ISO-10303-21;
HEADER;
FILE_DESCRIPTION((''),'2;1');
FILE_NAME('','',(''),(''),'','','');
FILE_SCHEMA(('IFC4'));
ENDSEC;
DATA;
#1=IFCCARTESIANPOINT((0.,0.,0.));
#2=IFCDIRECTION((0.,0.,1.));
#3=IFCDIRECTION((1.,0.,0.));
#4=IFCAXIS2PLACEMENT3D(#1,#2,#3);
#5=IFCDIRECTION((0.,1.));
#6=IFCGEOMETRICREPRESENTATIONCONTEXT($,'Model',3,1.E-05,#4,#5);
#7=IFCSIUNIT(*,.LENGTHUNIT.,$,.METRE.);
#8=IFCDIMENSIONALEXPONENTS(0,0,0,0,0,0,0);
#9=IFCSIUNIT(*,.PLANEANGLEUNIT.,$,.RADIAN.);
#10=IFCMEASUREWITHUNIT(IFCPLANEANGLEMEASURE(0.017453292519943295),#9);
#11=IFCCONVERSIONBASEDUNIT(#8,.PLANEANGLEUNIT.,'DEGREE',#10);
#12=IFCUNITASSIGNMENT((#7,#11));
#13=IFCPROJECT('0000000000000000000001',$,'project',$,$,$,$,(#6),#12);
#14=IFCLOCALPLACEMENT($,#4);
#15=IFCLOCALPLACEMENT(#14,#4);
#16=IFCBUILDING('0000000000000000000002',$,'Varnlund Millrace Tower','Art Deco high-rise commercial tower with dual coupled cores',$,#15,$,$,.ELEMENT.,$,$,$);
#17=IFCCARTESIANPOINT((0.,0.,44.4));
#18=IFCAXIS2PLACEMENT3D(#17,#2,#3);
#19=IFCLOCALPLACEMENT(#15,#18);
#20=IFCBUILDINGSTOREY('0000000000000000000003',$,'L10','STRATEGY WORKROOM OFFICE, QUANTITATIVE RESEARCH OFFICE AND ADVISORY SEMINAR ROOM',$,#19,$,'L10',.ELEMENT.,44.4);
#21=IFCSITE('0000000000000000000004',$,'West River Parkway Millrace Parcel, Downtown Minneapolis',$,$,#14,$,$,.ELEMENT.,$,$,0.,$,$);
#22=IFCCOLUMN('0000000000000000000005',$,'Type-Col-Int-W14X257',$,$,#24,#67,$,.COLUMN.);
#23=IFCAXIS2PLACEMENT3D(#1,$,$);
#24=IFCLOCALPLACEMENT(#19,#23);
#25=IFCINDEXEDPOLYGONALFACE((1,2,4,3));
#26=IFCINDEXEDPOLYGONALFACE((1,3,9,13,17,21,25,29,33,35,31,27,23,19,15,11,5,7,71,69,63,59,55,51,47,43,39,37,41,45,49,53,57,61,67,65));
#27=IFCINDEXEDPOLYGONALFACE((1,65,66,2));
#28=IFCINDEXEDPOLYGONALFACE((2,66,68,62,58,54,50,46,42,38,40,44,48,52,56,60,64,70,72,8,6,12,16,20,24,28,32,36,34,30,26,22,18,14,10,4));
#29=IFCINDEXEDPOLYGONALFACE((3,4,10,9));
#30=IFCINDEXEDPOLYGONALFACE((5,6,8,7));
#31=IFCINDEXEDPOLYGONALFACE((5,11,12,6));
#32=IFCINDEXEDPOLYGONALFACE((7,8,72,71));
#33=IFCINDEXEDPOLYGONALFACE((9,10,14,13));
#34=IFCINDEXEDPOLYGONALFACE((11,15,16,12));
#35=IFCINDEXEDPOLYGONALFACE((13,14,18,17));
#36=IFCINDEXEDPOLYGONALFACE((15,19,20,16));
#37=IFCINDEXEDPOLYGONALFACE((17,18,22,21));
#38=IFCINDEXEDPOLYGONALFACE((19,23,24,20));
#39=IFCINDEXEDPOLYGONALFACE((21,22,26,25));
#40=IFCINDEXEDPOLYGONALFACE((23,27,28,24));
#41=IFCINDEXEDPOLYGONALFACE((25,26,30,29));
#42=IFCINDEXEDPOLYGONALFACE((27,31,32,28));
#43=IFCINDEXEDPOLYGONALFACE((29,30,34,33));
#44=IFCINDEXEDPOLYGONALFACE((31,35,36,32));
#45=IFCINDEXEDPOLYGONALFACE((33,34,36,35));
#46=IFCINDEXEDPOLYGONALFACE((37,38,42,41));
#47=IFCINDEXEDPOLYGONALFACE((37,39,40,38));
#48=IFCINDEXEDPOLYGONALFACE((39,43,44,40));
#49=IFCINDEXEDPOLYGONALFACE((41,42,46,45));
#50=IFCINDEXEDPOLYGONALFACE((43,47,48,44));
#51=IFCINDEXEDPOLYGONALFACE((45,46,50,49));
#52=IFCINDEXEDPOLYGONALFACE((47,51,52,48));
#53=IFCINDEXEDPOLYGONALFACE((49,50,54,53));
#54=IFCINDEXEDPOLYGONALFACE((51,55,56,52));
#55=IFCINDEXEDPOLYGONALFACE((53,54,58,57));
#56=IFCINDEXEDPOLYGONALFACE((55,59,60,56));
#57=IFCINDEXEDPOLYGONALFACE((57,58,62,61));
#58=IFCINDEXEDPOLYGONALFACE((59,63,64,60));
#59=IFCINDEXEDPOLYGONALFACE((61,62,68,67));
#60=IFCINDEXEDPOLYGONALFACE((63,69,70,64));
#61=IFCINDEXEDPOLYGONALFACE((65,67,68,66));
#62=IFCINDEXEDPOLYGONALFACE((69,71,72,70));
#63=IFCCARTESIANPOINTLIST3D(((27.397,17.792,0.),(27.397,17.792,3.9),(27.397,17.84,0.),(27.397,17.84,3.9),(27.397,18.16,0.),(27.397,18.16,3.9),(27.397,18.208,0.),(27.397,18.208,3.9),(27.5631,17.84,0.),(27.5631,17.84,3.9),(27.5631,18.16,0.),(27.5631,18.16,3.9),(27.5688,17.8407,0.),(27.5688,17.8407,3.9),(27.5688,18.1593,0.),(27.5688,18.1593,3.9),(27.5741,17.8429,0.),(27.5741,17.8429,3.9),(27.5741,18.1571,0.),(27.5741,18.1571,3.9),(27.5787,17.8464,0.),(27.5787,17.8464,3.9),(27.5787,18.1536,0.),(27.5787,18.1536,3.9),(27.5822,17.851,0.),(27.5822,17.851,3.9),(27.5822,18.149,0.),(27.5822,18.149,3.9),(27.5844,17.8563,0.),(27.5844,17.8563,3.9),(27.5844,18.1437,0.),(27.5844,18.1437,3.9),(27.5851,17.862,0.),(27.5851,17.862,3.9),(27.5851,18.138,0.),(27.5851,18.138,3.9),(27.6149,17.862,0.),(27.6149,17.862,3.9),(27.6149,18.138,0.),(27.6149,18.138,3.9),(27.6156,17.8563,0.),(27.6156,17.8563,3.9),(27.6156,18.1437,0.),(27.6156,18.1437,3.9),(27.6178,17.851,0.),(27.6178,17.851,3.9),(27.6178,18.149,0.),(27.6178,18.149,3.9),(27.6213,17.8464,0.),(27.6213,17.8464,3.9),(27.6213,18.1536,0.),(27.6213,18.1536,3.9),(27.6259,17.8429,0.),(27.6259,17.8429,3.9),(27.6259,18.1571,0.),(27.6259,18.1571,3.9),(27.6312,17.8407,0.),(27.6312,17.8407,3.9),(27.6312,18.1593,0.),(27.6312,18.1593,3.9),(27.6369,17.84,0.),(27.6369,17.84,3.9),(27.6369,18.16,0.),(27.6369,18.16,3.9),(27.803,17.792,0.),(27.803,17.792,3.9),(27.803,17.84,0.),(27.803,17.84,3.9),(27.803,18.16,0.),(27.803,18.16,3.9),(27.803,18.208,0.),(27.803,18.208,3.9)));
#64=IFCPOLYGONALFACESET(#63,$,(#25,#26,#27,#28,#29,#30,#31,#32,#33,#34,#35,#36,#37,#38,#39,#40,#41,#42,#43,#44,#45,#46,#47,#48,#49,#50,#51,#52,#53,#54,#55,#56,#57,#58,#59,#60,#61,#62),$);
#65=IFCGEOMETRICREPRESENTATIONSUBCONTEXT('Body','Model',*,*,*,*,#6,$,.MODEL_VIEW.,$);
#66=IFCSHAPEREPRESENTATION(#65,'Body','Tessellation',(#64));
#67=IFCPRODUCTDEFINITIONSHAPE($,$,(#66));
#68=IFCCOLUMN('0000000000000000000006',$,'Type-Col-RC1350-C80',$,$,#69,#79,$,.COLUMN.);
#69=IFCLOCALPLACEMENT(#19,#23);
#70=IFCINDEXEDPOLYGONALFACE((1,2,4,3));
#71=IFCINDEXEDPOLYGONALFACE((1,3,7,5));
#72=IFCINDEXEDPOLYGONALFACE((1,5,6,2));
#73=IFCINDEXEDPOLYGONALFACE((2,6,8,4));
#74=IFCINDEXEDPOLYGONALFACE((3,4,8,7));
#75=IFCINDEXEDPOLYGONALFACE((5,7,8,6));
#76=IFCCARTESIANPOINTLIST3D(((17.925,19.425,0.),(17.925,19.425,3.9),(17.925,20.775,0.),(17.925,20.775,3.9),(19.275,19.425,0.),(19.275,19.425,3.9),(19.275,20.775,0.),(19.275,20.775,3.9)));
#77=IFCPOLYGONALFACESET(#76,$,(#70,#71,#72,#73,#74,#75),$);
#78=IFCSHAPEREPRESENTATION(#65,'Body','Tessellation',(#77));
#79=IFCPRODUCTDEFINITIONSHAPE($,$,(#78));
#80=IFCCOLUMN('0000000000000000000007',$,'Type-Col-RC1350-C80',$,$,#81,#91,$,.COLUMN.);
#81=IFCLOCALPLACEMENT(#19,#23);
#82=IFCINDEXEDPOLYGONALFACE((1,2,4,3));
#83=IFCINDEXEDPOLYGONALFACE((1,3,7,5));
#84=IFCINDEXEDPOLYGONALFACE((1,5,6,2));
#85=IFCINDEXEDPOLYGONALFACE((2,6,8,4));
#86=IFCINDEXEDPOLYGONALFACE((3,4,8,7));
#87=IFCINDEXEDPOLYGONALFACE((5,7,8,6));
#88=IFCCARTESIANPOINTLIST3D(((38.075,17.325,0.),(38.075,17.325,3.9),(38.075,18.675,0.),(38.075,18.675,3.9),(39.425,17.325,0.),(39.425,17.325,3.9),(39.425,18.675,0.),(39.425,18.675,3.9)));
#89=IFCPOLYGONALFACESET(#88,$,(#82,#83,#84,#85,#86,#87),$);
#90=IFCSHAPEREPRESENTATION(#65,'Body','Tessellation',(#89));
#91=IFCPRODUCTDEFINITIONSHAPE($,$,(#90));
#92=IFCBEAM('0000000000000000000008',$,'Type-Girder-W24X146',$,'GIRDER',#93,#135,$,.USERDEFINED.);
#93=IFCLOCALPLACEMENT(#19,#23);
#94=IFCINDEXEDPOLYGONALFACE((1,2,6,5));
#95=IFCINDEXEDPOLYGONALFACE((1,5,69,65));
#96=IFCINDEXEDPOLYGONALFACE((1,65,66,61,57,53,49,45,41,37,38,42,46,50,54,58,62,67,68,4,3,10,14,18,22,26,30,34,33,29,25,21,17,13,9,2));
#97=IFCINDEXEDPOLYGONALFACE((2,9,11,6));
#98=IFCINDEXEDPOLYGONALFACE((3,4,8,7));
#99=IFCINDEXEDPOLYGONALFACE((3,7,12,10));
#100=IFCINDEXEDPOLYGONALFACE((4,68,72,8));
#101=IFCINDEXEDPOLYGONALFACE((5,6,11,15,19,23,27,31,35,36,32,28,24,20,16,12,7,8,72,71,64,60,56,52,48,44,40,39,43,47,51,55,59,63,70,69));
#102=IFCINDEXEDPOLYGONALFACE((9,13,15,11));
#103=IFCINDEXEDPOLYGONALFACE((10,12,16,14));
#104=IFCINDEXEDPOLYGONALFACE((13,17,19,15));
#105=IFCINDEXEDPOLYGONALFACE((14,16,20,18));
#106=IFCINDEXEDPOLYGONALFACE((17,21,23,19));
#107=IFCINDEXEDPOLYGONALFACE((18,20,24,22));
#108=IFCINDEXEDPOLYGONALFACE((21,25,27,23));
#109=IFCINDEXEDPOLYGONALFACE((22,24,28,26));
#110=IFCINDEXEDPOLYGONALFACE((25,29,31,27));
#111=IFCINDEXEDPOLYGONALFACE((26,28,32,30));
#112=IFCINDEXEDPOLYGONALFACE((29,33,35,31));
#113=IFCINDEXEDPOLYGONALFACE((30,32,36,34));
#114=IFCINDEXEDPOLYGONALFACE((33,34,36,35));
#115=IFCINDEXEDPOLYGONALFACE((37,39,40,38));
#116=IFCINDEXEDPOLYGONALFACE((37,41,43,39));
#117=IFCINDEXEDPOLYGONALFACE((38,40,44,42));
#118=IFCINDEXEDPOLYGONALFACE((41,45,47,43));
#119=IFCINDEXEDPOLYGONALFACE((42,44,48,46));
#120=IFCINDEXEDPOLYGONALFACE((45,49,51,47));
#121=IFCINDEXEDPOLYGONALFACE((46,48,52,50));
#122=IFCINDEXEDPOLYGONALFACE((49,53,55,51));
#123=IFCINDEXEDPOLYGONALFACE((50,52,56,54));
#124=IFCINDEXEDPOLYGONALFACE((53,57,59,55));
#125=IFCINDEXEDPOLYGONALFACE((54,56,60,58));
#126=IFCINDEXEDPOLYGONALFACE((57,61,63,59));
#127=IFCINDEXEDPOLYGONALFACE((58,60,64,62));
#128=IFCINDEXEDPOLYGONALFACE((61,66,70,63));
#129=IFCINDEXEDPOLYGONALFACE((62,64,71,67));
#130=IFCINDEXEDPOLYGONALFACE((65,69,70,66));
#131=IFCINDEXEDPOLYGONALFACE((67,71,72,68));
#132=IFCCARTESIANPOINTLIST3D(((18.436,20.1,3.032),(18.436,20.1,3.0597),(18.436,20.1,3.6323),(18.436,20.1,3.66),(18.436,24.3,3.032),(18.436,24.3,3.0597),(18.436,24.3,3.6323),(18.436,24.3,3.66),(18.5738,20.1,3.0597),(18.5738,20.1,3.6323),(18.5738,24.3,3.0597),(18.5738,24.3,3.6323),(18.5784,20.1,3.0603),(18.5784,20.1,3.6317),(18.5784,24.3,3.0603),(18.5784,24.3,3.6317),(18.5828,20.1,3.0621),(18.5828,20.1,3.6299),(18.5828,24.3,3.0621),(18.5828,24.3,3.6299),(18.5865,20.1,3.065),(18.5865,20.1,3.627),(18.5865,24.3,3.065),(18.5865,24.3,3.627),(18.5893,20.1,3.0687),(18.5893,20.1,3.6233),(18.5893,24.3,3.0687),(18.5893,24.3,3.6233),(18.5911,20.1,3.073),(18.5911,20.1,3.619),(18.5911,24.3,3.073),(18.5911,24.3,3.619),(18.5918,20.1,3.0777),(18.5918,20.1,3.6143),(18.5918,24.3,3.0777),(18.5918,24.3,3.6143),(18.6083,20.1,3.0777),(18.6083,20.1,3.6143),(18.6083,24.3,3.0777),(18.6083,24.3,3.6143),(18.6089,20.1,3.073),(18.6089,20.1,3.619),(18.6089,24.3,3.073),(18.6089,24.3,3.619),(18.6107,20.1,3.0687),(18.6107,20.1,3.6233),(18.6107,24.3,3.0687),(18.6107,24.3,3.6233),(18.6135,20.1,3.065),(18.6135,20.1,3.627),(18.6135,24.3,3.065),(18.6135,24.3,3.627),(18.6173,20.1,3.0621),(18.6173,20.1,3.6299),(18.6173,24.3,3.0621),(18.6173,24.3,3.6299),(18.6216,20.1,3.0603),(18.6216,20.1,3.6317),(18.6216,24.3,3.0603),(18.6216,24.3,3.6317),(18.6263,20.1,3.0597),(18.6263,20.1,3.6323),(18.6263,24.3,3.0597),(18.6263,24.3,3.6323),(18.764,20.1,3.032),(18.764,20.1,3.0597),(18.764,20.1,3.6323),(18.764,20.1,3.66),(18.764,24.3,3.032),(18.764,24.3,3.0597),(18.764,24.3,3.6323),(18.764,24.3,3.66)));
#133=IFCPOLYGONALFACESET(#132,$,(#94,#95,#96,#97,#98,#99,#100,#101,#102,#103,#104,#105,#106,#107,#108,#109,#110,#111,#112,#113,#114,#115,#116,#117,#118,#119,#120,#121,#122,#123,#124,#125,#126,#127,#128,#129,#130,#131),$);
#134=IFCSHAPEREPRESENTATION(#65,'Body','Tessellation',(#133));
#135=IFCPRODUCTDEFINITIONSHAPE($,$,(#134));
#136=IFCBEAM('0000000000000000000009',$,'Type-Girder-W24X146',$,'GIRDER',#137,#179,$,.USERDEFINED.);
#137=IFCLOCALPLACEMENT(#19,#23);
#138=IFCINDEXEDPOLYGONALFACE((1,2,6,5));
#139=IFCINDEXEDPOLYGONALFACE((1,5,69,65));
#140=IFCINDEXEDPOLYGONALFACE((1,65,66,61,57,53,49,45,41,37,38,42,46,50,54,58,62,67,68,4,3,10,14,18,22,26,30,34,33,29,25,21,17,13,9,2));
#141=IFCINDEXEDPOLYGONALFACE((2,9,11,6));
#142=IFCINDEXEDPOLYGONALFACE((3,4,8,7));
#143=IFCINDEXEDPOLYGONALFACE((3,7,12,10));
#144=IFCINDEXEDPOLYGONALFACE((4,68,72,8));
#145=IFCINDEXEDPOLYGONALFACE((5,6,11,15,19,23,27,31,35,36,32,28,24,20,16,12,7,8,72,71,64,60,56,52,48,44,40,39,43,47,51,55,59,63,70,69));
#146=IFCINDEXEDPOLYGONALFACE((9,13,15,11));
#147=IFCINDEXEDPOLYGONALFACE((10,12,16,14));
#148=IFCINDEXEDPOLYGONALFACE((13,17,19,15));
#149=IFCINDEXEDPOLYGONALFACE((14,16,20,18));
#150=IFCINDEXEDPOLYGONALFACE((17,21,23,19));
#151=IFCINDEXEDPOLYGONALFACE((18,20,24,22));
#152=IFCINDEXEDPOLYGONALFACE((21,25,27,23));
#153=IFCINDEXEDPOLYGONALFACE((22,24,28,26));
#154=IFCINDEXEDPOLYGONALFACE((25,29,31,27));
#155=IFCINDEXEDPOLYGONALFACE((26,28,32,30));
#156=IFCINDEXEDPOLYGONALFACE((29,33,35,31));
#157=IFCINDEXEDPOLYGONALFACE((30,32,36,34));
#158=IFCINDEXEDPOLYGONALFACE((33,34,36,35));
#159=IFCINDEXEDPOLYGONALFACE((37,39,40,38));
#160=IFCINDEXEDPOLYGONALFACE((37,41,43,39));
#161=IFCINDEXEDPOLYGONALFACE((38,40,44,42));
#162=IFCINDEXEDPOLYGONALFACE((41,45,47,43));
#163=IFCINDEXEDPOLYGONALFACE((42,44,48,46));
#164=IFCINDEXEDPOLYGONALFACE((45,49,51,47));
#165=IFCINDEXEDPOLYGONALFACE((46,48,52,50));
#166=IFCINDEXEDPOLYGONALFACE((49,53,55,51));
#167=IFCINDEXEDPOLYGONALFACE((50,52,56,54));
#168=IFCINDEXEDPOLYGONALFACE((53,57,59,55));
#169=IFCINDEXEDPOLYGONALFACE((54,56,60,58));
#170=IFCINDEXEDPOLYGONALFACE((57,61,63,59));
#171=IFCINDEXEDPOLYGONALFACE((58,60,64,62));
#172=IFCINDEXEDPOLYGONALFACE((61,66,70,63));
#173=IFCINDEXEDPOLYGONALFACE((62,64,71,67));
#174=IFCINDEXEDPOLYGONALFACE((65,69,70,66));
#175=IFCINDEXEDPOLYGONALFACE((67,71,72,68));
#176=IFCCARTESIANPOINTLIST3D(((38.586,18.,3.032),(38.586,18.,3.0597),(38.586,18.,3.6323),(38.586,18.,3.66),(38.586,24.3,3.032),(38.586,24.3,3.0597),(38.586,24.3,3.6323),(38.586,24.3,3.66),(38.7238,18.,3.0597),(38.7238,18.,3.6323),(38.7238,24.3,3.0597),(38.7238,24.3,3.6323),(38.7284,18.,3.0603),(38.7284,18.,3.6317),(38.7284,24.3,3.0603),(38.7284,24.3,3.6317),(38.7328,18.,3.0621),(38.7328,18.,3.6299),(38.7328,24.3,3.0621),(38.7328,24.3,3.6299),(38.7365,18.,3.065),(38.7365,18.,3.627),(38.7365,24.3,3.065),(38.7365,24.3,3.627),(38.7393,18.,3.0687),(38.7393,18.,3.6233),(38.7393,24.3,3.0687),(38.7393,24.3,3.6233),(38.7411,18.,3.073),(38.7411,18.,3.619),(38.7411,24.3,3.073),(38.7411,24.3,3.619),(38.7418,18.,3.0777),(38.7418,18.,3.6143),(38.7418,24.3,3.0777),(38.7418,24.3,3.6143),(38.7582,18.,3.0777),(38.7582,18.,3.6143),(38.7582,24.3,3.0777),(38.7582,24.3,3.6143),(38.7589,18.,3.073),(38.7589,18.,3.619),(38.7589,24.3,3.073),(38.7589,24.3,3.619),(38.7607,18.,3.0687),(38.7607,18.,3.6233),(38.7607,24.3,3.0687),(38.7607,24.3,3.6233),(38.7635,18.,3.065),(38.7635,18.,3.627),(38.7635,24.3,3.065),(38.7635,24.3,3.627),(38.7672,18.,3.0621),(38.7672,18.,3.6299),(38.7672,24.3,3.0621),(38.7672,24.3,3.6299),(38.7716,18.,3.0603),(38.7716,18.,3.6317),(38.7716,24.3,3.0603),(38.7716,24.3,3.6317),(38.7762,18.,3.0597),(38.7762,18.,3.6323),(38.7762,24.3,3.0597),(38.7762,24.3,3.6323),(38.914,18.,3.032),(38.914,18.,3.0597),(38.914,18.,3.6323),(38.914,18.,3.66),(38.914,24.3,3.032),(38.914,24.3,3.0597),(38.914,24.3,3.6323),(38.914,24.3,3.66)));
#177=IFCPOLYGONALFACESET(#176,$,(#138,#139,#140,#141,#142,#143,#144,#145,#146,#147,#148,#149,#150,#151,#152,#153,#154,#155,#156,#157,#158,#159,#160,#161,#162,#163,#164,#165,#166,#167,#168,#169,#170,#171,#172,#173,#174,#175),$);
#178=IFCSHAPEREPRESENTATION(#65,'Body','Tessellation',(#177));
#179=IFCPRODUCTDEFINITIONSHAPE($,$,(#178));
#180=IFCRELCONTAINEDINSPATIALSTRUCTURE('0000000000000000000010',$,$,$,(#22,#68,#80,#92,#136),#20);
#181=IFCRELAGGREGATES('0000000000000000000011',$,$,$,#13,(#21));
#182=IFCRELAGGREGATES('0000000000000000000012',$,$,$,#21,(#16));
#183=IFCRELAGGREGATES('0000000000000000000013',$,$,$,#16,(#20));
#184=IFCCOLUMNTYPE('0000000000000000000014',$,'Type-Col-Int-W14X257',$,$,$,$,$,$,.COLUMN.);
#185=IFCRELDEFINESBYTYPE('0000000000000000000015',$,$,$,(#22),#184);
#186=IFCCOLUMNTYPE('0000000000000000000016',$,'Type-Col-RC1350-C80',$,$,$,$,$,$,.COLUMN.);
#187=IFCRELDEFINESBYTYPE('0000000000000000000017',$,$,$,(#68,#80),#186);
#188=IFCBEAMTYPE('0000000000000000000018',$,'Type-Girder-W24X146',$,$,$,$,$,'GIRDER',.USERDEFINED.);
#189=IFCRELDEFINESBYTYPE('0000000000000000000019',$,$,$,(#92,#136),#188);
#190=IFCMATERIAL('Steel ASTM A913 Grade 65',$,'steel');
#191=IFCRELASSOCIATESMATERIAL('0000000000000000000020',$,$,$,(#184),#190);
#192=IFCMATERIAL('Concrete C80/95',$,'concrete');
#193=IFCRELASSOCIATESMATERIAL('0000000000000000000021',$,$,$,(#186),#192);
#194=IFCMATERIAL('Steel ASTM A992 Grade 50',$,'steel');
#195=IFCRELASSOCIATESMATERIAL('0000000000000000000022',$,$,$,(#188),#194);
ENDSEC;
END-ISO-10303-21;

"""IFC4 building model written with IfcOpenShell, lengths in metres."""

from ifc_helpers import new_model, entity, si_unit, converted_unit, direction, frame, origin_with_axes, origin_2d_with_axis, place, context, subcontext, project, spatial, rectangle, i_section, extrude, material, material_profile, profile_set, type_object, element, save


model = new_model("IFC4")

# Units and contexts
model_context = context("Model", 3, precision=1e-05, world=origin_with_axes(), true_north=direction((0.0, 1.0)))
body_context = subcontext(model_context, "Body", "Model", "MODEL_VIEW")
ifc_project = project(units=[si_unit("LENGTHUNIT", "METRE"), converted_unit("PLANEANGLEUNIT", "DEGREE", entity("IfcPlaneAngleMeasure", 0.017453292519943295), si_unit("PLANEANGLEUNIT", "RADIAN"), dimensions=[0, 0, 0, 0, 0, 0, 0])], contexts=[model_context])

# Site, building, storey
site_placement = place(None, origin_with_axes())
site = spatial("IfcSite", under=ifc_project, at=site_placement, Name="West River Parkway Millrace Parcel, Downtown Minneapolis", CompositionType="ELEMENT", RefElevation=0.0)
building_placement = place(site_placement, origin_with_axes())
building = spatial("IfcBuilding", under=site, at=building_placement, Name="Varnlund Millrace Tower", Description="Art Deco high-rise commercial tower with dual coupled cores", CompositionType="ELEMENT")
storey_placement = place(building_placement, frame((0.0, 0.0, 44.4), z_axis=(0.0, 0.0, 1.0), x_axis=(1.0, 0.0, 0.0)))
storey = spatial("IfcBuildingStorey", under=building, at=storey_placement, Name="L10", Description="STRATEGY WORKROOM OFFICE, QUANTITATIVE RESEARCH OFFICE AND ADVISORY SEMINAR ROOM", LongName="L10", CompositionType="ELEMENT", Elevation=44.4)

# Columns
ifc_material_1 = material(Name="Steel ASTM A913 Grade 65", Category="steel")
ifc_material_profile_1 = material_profile(ifc_material_1, i_section(OverallWidth=0.406, OverallDepth=0.416, WebThickness=0.0298, FlangeThickness=0.048, FilletRadius=0.022, at=origin_2d_with_axis()), Name="Steel ASTM A913 Grade 65")
ifc_profile_set_1 = profile_set([ifc_material_profile_1], Name="Steel ASTM A913 Grade 65")
column_type_1 = type_object("IfcColumnType", Name="Type-Col-Int-W14X257", PredefinedType="COLUMN", material=ifc_profile_set_1)
column_placement = place(storey_placement, frame((27.6, 18.0, 0.0), z_axis=(0.0, 0.0, 1.0), x_axis=(1.0, 0.0, 0.0)))
element("IfcColumn", 1, at=column_placement, inside=storey, type_object=column_type_1, Name="Type-Col-Int-W14X257", PredefinedType="COLUMN", context=body_context, shape_type="SweptSolid", body=[
    extrude(i_section(OverallWidth=0.406, OverallDepth=0.416, WebThickness=0.0298, FlangeThickness=0.048, FilletRadius=0.022, at=origin_2d_with_axis()), origin_with_axes(), (0.0, 0.0, 1.0), 3.9),
])
ifc_material_2 = material(Name="Concrete C80/95", Category="concrete")
ifc_material_profile_2 = material_profile(ifc_material_2, rectangle(XDim=1.35, YDim=1.35, at=origin_2d_with_axis()), Name="Concrete C80/95")
ifc_profile_set_2 = profile_set([ifc_material_profile_2], Name="Concrete C80/95")
column_type_2 = type_object("IfcColumnType", Name="Type-Col-RC1350-C80", PredefinedType="COLUMN", material=ifc_profile_set_2)
for number, where, z_axis, x_axis, name in (
    (2, (18.6, 20.1, 0.0), (0.0, 0.0, 1.0), (1.0, 0.0, 0.0), "Type-Col-RC1350-C80"),
    (3, (38.75, 18.0, 0.0), (0.0, 0.0, 1.0), (1.0, 0.0, 0.0), "Type-Col-RC1350-C80"),
):
    element("IfcColumn", number, at=place(storey_placement, frame(where, z_axis=z_axis, x_axis=x_axis)), inside=storey, type_object=column_type_2, Name=name, PredefinedType="COLUMN", context=body_context, shape_type="SweptSolid", body=[
        extrude(rectangle(XDim=1.35, YDim=1.35, at=origin_2d_with_axis()), origin_with_axes(), (0.0, 0.0, 1.0), 3.9),
    ])

# Beams
ifc_material_3 = material(Name="Steel ASTM A992 Grade 50", Category="steel")
ifc_material_profile_3 = material_profile(ifc_material_3, i_section(OverallWidth=0.328, OverallDepth=0.628, WebThickness=0.0165, FlangeThickness=0.0277, FilletRadius=0.018, at=origin_2d_with_axis()), Name="Steel ASTM A992 Grade 50")
ifc_profile_set_3 = profile_set([ifc_material_profile_3], Name="Steel ASTM A992 Grade 50")
beam_type_1 = type_object("IfcBeamType", Name="Type-Girder-W24X146", ElementType="GIRDER", PredefinedType="USERDEFINED", material=ifc_profile_set_3)
beam_1_placement = place(storey_placement, frame((18.6, 20.1, 3.346), z_axis=(0.0, 1.0, 0.0), x_axis=(-1.0, 0.0, 0.0)))
element("IfcBeam", 4, at=beam_1_placement, inside=storey, type_object=beam_type_1, Name="Type-Girder-W24X146", ObjectType="GIRDER", PredefinedType="USERDEFINED", context=body_context, shape_type="SweptSolid", body=[
    extrude(i_section(OverallWidth=0.328, OverallDepth=0.628, WebThickness=0.0165, FlangeThickness=0.0277, FilletRadius=0.018, at=origin_2d_with_axis()), origin_with_axes(), (0.0, 0.0, 1.0), 4.2),
])
beam_2_placement = place(storey_placement, frame((38.75, 18.0, 3.346), z_axis=(0.0, 1.0, 0.0), x_axis=(-1.0, 0.0, 0.0)))
element("IfcBeam", 5, at=beam_2_placement, inside=storey, type_object=beam_type_1, Name="Type-Girder-W24X146", ObjectType="GIRDER", PredefinedType="USERDEFINED", context=body_context, shape_type="SweptSolid", body=[
    extrude(i_section(OverallWidth=0.328, OverallDepth=0.628, WebThickness=0.0165, FlangeThickness=0.0277, FilletRadius=0.018, at=origin_2d_with_axis()), origin_with_axes(), (0.0, 0.0, 1.0), 6.3),
])

save(model, "model.ifc")
